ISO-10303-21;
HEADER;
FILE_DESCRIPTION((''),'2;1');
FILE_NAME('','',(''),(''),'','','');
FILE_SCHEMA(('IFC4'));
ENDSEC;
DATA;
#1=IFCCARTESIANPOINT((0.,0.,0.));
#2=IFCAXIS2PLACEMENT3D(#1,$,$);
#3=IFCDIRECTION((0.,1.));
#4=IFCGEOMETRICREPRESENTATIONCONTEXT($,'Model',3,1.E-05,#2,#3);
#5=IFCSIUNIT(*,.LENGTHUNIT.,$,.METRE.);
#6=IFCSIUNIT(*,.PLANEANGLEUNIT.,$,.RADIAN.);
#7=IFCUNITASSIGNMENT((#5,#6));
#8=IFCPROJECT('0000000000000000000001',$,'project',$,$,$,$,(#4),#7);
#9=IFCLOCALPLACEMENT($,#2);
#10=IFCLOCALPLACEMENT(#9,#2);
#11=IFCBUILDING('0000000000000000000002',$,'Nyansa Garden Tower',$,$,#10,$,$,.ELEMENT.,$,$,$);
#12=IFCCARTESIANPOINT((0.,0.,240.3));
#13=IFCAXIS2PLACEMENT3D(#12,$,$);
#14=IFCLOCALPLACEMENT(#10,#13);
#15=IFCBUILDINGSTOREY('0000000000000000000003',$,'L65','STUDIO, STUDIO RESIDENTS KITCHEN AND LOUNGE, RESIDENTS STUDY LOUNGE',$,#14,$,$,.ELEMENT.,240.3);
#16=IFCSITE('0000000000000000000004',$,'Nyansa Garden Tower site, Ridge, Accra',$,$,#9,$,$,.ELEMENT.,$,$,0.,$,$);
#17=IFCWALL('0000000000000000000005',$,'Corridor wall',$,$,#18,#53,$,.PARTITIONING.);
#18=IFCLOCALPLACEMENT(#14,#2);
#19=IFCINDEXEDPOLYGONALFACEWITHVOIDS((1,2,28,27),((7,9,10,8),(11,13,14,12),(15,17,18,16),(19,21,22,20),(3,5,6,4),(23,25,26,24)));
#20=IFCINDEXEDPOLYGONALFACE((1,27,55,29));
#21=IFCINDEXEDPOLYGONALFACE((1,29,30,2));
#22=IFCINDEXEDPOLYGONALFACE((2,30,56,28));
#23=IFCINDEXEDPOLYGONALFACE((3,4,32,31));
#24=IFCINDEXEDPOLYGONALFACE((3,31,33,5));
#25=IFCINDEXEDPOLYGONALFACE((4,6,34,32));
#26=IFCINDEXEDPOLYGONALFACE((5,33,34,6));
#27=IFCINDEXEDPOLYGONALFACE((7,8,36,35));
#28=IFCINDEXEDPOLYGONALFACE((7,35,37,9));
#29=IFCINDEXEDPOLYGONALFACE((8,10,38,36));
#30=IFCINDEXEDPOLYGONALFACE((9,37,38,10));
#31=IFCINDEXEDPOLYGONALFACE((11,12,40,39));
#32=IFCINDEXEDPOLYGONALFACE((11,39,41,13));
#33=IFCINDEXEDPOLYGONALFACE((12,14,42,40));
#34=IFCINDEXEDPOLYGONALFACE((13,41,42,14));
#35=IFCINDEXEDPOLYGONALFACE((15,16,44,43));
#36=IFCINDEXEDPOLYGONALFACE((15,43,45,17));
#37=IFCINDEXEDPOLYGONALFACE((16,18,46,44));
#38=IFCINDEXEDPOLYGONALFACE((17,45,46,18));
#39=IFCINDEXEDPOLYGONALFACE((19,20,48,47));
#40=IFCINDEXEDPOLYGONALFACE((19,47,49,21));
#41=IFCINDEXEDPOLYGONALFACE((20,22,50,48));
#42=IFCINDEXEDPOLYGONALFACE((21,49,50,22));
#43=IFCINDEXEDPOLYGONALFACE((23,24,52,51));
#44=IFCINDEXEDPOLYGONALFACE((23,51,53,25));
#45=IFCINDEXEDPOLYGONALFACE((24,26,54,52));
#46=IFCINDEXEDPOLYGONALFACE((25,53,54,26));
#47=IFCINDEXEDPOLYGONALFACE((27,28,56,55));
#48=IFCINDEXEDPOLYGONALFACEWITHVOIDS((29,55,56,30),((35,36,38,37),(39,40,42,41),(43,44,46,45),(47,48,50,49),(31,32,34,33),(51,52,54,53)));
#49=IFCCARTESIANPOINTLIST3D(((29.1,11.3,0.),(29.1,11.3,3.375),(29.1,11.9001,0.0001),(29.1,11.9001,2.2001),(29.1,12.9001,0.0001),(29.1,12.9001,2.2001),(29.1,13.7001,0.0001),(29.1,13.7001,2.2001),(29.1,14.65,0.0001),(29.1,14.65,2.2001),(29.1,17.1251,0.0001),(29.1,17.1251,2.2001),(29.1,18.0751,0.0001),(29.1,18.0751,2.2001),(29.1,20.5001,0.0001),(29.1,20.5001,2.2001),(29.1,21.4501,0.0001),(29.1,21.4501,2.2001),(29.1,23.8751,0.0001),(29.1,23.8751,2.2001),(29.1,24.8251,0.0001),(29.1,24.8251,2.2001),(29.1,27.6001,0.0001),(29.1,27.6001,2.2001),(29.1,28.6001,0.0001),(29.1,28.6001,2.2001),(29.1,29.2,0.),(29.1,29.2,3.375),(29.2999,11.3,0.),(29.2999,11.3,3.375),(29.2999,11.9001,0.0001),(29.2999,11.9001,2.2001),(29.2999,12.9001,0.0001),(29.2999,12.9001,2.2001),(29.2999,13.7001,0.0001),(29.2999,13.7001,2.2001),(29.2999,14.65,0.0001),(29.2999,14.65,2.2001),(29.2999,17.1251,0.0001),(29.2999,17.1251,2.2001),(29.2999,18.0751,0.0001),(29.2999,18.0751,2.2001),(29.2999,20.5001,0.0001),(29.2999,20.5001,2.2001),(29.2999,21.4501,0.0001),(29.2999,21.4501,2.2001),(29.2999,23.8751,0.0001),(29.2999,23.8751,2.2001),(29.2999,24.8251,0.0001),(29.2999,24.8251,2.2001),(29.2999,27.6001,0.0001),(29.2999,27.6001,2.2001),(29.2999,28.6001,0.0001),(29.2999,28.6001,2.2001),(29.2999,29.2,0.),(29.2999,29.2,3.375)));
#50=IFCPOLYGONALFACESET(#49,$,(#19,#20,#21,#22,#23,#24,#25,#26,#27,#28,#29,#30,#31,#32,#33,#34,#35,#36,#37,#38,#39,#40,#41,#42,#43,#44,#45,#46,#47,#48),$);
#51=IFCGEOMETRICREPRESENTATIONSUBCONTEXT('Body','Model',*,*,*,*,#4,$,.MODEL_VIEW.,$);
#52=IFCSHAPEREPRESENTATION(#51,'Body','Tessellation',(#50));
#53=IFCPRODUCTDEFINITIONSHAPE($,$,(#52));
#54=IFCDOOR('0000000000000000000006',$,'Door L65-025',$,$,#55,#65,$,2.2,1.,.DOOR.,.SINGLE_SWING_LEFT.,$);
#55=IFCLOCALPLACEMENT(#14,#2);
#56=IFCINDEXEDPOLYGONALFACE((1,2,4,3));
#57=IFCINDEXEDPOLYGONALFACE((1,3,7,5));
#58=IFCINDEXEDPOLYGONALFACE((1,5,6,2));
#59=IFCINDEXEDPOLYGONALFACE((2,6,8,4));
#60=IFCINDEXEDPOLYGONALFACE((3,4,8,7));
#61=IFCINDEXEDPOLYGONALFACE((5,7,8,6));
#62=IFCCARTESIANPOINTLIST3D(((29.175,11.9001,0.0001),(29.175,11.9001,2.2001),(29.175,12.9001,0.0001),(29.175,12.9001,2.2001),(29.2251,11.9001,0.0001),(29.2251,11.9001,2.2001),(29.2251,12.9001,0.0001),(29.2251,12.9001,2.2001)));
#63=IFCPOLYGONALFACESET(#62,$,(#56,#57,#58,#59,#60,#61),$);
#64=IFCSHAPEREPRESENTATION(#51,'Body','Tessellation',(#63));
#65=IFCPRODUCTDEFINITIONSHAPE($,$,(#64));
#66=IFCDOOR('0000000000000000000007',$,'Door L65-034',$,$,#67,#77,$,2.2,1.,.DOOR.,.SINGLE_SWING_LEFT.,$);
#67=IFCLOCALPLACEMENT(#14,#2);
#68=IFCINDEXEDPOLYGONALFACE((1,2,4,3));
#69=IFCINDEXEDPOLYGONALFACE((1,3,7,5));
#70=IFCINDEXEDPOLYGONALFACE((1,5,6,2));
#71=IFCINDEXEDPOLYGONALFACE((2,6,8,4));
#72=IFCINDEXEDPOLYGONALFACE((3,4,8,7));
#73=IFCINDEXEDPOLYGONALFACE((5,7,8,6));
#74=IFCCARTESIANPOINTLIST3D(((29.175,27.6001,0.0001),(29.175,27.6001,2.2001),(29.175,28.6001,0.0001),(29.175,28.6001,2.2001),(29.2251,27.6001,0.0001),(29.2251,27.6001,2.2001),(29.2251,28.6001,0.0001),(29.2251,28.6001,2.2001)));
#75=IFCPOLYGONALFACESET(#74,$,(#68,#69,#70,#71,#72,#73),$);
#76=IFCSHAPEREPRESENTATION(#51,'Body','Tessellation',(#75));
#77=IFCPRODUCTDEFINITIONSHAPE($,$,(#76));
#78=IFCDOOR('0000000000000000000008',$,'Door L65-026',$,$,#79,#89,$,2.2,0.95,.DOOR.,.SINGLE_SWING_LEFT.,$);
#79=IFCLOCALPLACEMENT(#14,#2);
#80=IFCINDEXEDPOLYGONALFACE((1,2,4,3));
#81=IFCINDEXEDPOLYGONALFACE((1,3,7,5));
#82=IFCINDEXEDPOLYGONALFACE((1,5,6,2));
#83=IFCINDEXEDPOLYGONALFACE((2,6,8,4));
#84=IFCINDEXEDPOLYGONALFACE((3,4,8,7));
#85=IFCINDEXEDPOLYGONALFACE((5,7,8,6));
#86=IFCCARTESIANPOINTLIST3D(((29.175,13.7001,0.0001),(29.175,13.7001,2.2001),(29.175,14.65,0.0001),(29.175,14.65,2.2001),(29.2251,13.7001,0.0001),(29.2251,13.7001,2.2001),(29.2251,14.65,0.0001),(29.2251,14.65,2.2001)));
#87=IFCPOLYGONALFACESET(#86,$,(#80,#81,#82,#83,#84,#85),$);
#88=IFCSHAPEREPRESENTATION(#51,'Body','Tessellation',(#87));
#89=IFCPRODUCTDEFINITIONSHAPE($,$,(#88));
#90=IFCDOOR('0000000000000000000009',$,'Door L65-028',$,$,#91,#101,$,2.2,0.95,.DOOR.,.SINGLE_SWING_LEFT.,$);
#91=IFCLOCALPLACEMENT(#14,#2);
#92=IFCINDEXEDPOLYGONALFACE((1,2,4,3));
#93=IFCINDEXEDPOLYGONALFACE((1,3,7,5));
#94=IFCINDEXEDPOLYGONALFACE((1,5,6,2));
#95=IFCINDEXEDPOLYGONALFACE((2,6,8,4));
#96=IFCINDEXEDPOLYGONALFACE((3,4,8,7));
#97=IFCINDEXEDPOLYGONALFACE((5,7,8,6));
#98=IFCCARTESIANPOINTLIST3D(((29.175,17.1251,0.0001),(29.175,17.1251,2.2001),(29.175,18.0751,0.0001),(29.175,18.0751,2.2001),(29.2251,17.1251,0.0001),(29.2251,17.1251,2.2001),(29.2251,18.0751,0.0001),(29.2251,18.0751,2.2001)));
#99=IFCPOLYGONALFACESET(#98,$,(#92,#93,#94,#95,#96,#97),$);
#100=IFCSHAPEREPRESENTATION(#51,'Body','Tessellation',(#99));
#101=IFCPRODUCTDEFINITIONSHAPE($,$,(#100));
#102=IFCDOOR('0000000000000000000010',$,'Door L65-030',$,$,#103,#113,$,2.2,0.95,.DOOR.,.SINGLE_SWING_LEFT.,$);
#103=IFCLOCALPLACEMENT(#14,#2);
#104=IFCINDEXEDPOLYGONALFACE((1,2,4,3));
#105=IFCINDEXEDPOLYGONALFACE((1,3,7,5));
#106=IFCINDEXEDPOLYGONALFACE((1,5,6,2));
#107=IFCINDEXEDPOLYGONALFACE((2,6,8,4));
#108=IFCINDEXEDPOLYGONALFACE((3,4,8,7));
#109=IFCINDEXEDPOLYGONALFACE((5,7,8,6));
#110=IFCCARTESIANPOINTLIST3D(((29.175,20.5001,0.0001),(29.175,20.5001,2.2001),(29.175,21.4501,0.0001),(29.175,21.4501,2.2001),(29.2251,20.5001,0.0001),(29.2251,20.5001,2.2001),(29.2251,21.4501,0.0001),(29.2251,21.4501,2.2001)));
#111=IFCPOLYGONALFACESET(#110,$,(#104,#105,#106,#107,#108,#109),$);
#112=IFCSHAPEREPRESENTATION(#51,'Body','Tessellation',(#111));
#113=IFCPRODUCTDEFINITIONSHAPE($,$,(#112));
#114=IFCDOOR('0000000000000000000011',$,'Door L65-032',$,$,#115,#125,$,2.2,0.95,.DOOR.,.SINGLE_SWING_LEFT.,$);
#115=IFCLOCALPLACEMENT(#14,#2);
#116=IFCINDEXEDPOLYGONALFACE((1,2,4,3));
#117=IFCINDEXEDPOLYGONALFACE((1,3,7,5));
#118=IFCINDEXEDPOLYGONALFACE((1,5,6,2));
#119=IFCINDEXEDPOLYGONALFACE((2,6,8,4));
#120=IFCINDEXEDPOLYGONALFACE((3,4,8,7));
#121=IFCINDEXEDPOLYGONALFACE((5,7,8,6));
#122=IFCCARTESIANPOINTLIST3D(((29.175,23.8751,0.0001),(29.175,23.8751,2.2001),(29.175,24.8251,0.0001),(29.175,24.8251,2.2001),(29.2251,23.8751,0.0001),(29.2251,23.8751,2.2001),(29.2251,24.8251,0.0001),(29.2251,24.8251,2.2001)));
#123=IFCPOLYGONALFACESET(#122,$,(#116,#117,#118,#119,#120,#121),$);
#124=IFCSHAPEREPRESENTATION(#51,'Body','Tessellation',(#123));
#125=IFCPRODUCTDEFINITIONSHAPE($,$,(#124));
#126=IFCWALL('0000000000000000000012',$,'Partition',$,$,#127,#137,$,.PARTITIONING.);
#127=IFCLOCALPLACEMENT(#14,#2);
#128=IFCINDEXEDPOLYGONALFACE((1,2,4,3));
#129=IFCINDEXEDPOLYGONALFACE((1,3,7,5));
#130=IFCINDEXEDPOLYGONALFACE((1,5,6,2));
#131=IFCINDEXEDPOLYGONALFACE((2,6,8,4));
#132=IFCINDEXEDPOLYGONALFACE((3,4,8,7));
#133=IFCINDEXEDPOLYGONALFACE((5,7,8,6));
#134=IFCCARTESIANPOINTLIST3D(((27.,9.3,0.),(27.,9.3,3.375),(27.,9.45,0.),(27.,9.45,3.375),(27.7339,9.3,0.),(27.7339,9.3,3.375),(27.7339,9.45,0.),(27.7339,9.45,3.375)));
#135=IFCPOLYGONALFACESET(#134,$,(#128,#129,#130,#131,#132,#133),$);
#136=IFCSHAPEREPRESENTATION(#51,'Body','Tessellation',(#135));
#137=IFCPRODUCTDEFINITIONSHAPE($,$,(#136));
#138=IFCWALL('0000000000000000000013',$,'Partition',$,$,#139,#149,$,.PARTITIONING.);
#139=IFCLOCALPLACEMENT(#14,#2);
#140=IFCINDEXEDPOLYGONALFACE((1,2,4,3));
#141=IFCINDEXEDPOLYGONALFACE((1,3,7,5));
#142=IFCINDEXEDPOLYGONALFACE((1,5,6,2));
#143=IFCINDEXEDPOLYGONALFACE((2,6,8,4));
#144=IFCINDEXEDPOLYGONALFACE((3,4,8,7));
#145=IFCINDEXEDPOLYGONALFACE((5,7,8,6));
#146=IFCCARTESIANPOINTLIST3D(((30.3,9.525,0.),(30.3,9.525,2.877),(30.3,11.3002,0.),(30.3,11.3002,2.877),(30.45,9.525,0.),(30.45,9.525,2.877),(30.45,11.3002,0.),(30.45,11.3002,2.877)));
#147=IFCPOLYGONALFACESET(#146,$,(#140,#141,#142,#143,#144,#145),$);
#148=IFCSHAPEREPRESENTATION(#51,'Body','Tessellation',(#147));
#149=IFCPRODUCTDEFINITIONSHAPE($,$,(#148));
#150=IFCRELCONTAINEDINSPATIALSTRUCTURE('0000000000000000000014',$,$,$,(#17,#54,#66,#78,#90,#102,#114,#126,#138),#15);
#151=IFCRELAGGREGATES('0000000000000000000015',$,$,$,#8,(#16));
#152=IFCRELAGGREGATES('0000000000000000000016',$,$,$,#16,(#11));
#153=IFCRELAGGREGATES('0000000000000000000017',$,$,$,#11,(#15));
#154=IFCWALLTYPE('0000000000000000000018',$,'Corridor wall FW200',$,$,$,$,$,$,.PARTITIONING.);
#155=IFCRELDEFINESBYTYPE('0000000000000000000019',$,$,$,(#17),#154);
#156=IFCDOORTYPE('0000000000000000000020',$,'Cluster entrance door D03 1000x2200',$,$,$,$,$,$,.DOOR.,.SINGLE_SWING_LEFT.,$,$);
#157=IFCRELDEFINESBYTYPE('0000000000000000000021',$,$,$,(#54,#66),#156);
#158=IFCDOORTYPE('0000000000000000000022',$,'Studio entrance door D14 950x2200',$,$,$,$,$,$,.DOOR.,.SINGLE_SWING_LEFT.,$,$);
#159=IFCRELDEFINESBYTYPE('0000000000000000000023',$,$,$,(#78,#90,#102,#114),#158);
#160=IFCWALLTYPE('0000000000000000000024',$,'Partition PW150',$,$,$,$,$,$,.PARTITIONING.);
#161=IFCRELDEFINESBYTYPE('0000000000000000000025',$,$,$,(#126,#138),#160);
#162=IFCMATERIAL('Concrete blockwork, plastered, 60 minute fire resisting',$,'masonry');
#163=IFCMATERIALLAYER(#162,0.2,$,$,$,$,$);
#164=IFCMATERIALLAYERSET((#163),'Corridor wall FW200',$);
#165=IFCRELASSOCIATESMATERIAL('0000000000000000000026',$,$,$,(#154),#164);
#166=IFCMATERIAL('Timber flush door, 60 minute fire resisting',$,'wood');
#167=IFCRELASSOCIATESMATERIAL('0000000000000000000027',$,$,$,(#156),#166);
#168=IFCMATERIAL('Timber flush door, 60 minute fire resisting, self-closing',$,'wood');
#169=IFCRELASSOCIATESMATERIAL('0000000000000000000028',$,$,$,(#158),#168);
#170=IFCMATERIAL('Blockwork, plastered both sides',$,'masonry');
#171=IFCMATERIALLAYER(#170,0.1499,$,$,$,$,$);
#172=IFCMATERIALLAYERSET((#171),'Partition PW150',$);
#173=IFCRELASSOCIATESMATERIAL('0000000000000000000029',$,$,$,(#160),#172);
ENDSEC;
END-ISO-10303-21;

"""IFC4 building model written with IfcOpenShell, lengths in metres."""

from ifc_helpers import new_model, si_unit, direction, frame, frame_2d, origin, place, context, subcontext, project, spatial, rectangle, extrude, material, layer, layer_set, type_object, element, fill, save


model = new_model("IFC4")

# Units and contexts
model_context = context("Model", 3, precision=1e-05, world=origin(), true_north=direction((0.0, 1.0)))
body_context = subcontext(model_context, "Body", "Model", "MODEL_VIEW")
ifc_project = project(units=[si_unit("LENGTHUNIT", "METRE"), si_unit("PLANEANGLEUNIT", "RADIAN")], contexts=[model_context])

# Site, building, storey
site_placement = place(None, origin())
site = spatial("IfcSite", under=ifc_project, at=site_placement, Name="Nyansa Garden Tower site, Ridge, Accra", CompositionType="ELEMENT", RefElevation=0.0)
building_placement = place(site_placement, origin())
building = spatial("IfcBuilding", under=site, at=building_placement, Name="Nyansa Garden Tower", CompositionType="ELEMENT")
storey_placement = place(building_placement, frame((0.0, 0.0, 240.3)))
storey = spatial("IfcBuildingStorey", under=building, at=storey_placement, Name="L65", Description="STUDIO, STUDIO RESIDENTS KITCHEN AND LOUNGE, RESIDENTS STUDY LOUNGE", CompositionType="ELEMENT", Elevation=240.3)

# Wall, openings, doors
ifc_material_1 = material(Name="Concrete blockwork, plastered, 60 minute fire resisting", Category="masonry")
ifc_layer_1 = layer(ifc_material_1, 0.2)
ifc_layer_set_1 = layer_set([ifc_layer_1], Name="Corridor wall FW200")
wall_type_1 = type_object("IfcWallType", Name="Corridor wall FW200", PredefinedType="PARTITIONING", material=ifc_layer_set_1)
wall_1_placement = place(storey_placement, frame((29.2, 11.3, 0.0), z_axis=(0.0, 0.0, 1.0), x_axis=(0.0, 1.0, 0.0)))
wall_1 = element("IfcWall", 1, at=wall_1_placement, inside=storey, type_object=wall_type_1, Name="Corridor wall", PredefinedType="PARTITIONING", context=body_context, shape_type="SweptSolid", body=[
    extrude(rectangle(XDim=17.8999, YDim=0.2, at=frame_2d((8.95, 0.0))), origin(), (0.0, 0.0, 1.0), 3.375),
])
opening_1_placement = place(wall_1_placement, frame((0.6001, 0.0, 0.0)))
opening_1 = element("IfcOpeningElement", 2, at=opening_1_placement, cuts=wall_1, PredefinedType="OPENING", context=body_context, shape_type="SweptSolid", body=[
    extrude(rectangle(XDim=1.0, YDim=2.2, at=frame_2d((0.5, 1.1001))), frame((0.0, 0.1099, 0.0), z_axis=(0.0, -1.0, 0.0), x_axis=(1.0, 0.0, 0.0)), (0.0, 0.0, 1.0), 0.22),
])
opening_2_placement = place(wall_1_placement, frame((2.3999, 0.0, 0.0)))
opening_2 = element("IfcOpeningElement", 3, at=opening_2_placement, cuts=wall_1, PredefinedType="OPENING", context=body_context, shape_type="SweptSolid", body=[
    extrude(rectangle(XDim=0.95, YDim=2.2, at=frame_2d((0.4751, 1.1001))), frame((0.0, 0.1099, 0.0), z_axis=(0.0, -1.0, 0.0), x_axis=(1.0, 0.0, 0.0)), (0.0, 0.0, 1.0), 0.22),
])
opening_3_placement = place(wall_1_placement, frame((5.825, 0.0, 0.0)))
opening_3 = element("IfcOpeningElement", 4, at=opening_3_placement, cuts=wall_1, PredefinedType="OPENING", context=body_context, shape_type="SweptSolid", body=[
    extrude(rectangle(XDim=0.95, YDim=2.2, at=frame_2d((0.4751, 1.1001))), frame((0.0, 0.1099, 0.0), z_axis=(0.0, -1.0, 0.0), x_axis=(1.0, 0.0, 0.0)), (0.0, 0.0, 1.0), 0.22),
])
opening_4_placement = place(wall_1_placement, frame((9.2, 0.0, 0.0)))
opening_4 = element("IfcOpeningElement", 5, at=opening_4_placement, cuts=wall_1, PredefinedType="OPENING", context=body_context, shape_type="SweptSolid", body=[
    extrude(rectangle(XDim=0.95, YDim=2.2, at=frame_2d((0.4751, 1.1001))), frame((0.0, 0.1099, 0.0), z_axis=(0.0, -1.0, 0.0), x_axis=(1.0, 0.0, 0.0)), (0.0, 0.0, 1.0), 0.22),
])
opening_5_placement = place(wall_1_placement, frame((12.575, 0.0, 0.0)))
opening_5 = element("IfcOpeningElement", 6, at=opening_5_placement, cuts=wall_1, PredefinedType="OPENING", context=body_context, shape_type="SweptSolid", body=[
    extrude(rectangle(XDim=0.95, YDim=2.2, at=frame_2d((0.4751, 1.1001))), frame((0.0, 0.1099, 0.0), z_axis=(0.0, -1.0, 0.0), x_axis=(1.0, 0.0, 0.0)), (0.0, 0.0, 1.0), 0.22),
])
opening_6_placement = place(wall_1_placement, frame((16.3, 0.0, 0.0)))
opening_6 = element("IfcOpeningElement", 7, at=opening_6_placement, cuts=wall_1, PredefinedType="OPENING", context=body_context, shape_type="SweptSolid", body=[
    extrude(rectangle(XDim=1.0, YDim=2.2, at=frame_2d((0.5, 1.1001))), frame((0.0, 0.1099, 0.0), z_axis=(0.0, -1.0, 0.0), x_axis=(1.0, 0.0, 0.0)), (0.0, 0.0, 1.0), 0.22),
])
ifc_material_2 = material(Name="Timber flush door, 60 minute fire resisting", Category="wood")
door_type_1 = type_object("IfcDoorType", Name="Cluster entrance door D03 1000x2200", OperationType="SINGLE_SWING_LEFT", PredefinedType="DOOR", material=ifc_material_2)
door_1_placement = place(opening_1_placement, origin())
door_1 = element("IfcDoor", 8, at=door_1_placement, inside=storey, type_object=door_type_1, Name="Door L65-025", OperationType="SINGLE_SWING_LEFT", OverallHeight=2.2, OverallWidth=1.0, PredefinedType="DOOR", context=body_context, shape_type="SweptSolid", body=[
    extrude(rectangle(XDim=1.0, YDim=2.2, at=frame_2d((0.5, 1.1001))), frame((0.0, 0.0249, 0.0), z_axis=(0.0, -1.0, 0.0), x_axis=(1.0, 0.0, 0.0)), (0.0, 0.0, 1.0), 0.05),
])
fill(opening_1, door_1)
door_2_placement = place(opening_6_placement, origin())
door_2 = element("IfcDoor", 9, at=door_2_placement, inside=storey, type_object=door_type_1, Name="Door L65-034", OperationType="SINGLE_SWING_LEFT", OverallHeight=2.2, OverallWidth=1.0, PredefinedType="DOOR", context=body_context, shape_type="SweptSolid", body=[
    extrude(rectangle(XDim=1.0, YDim=2.2, at=frame_2d((0.5, 1.1001))), frame((0.0, 0.0249, 0.0), z_axis=(0.0, -1.0, 0.0), x_axis=(1.0, 0.0, 0.0)), (0.0, 0.0, 1.0), 0.05),
])
fill(opening_6, door_2)
ifc_material_3 = material(Name="Timber flush door, 60 minute fire resisting, self-closing", Category="wood")
door_type_2 = type_object("IfcDoorType", Name="Studio entrance door D14 950x2200", OperationType="SINGLE_SWING_LEFT", PredefinedType="DOOR", material=ifc_material_3)
door_3_placement = place(opening_2_placement, origin())
door_3 = element("IfcDoor", 10, at=door_3_placement, inside=storey, type_object=door_type_2, Name="Door L65-026", OperationType="SINGLE_SWING_LEFT", OverallHeight=2.2, OverallWidth=0.95, PredefinedType="DOOR", context=body_context, shape_type="SweptSolid", body=[
    extrude(rectangle(XDim=0.95, YDim=2.2, at=frame_2d((0.4751, 1.1001))), frame((0.0, 0.0249, 0.0), z_axis=(0.0, -1.0, 0.0), x_axis=(1.0, 0.0, 0.0)), (0.0, 0.0, 1.0), 0.05),
])
fill(opening_2, door_3)
door_4_placement = place(opening_3_placement, origin())
door_4 = element("IfcDoor", 11, at=door_4_placement, inside=storey, type_object=door_type_2, Name="Door L65-028", OperationType="SINGLE_SWING_LEFT", OverallHeight=2.2, OverallWidth=0.95, PredefinedType="DOOR", context=body_context, shape_type="SweptSolid", body=[
    extrude(rectangle(XDim=0.95, YDim=2.2, at=frame_2d((0.4751, 1.1001))), frame((0.0, 0.0249, 0.0), z_axis=(0.0, -1.0, 0.0), x_axis=(1.0, 0.0, 0.0)), (0.0, 0.0, 1.0), 0.05),
])
fill(opening_3, door_4)
door_5_placement = place(opening_4_placement, origin())
door_5 = element("IfcDoor", 12, at=door_5_placement, inside=storey, type_object=door_type_2, Name="Door L65-030", OperationType="SINGLE_SWING_LEFT", OverallHeight=2.2, OverallWidth=0.95, PredefinedType="DOOR", context=body_context, shape_type="SweptSolid", body=[
    extrude(rectangle(XDim=0.95, YDim=2.2, at=frame_2d((0.4751, 1.1001))), frame((0.0, 0.0249, 0.0), z_axis=(0.0, -1.0, 0.0), x_axis=(1.0, 0.0, 0.0)), (0.0, 0.0, 1.0), 0.05),
])
fill(opening_4, door_5)
door_6_placement = place(opening_5_placement, origin())
door_6 = element("IfcDoor", 13, at=door_6_placement, inside=storey, type_object=door_type_2, Name="Door L65-032", OperationType="SINGLE_SWING_LEFT", OverallHeight=2.2, OverallWidth=0.95, PredefinedType="DOOR", context=body_context, shape_type="SweptSolid", body=[
    extrude(rectangle(XDim=0.95, YDim=2.2, at=frame_2d((0.4751, 1.1001))), frame((0.0, 0.0249, 0.0), z_axis=(0.0, -1.0, 0.0), x_axis=(1.0, 0.0, 0.0)), (0.0, 0.0, 1.0), 0.05),
])
fill(opening_5, door_6)

# Walls
ifc_material_4 = material(Name="Blockwork, plastered both sides", Category="masonry")
ifc_layer_2 = layer(ifc_material_4, 0.1499)
ifc_layer_set_2 = layer_set([ifc_layer_2], Name="Partition PW150")
wall_type_2 = type_object("IfcWallType", Name="Partition PW150", PredefinedType="PARTITIONING", material=ifc_layer_set_2)
wall_2_placement = place(storey_placement, frame((27.0, 9.375, 0.0), z_axis=(0.0, 0.0, 1.0), x_axis=(1.0, 0.0, 0.0)))
element("IfcWall", 14, at=wall_2_placement, inside=storey, type_object=wall_type_2, Name="Partition", PredefinedType="PARTITIONING", context=body_context, shape_type="SweptSolid", body=[
    extrude(rectangle(XDim=0.7339, YDim=0.1499, at=frame_2d((0.3669, 0.0))), origin(), (0.0, 0.0, 1.0), 3.375),
])
wall_3_placement = place(storey_placement, frame((30.375, 9.5249, 0.0), z_axis=(0.0, 0.0, 1.0), x_axis=(0.0, 1.0, 0.0)))
element("IfcWall", 15, at=wall_3_placement, inside=storey, type_object=wall_type_2, Name="Partition", PredefinedType="PARTITIONING", context=body_context, shape_type="SweptSolid", body=[
    extrude(rectangle(XDim=1.7751, YDim=0.1499, at=frame_2d((0.8877, 0.0))), origin(), (0.0, 0.0, 1.0), 2.877),
])

save(model, "model.ifc")
